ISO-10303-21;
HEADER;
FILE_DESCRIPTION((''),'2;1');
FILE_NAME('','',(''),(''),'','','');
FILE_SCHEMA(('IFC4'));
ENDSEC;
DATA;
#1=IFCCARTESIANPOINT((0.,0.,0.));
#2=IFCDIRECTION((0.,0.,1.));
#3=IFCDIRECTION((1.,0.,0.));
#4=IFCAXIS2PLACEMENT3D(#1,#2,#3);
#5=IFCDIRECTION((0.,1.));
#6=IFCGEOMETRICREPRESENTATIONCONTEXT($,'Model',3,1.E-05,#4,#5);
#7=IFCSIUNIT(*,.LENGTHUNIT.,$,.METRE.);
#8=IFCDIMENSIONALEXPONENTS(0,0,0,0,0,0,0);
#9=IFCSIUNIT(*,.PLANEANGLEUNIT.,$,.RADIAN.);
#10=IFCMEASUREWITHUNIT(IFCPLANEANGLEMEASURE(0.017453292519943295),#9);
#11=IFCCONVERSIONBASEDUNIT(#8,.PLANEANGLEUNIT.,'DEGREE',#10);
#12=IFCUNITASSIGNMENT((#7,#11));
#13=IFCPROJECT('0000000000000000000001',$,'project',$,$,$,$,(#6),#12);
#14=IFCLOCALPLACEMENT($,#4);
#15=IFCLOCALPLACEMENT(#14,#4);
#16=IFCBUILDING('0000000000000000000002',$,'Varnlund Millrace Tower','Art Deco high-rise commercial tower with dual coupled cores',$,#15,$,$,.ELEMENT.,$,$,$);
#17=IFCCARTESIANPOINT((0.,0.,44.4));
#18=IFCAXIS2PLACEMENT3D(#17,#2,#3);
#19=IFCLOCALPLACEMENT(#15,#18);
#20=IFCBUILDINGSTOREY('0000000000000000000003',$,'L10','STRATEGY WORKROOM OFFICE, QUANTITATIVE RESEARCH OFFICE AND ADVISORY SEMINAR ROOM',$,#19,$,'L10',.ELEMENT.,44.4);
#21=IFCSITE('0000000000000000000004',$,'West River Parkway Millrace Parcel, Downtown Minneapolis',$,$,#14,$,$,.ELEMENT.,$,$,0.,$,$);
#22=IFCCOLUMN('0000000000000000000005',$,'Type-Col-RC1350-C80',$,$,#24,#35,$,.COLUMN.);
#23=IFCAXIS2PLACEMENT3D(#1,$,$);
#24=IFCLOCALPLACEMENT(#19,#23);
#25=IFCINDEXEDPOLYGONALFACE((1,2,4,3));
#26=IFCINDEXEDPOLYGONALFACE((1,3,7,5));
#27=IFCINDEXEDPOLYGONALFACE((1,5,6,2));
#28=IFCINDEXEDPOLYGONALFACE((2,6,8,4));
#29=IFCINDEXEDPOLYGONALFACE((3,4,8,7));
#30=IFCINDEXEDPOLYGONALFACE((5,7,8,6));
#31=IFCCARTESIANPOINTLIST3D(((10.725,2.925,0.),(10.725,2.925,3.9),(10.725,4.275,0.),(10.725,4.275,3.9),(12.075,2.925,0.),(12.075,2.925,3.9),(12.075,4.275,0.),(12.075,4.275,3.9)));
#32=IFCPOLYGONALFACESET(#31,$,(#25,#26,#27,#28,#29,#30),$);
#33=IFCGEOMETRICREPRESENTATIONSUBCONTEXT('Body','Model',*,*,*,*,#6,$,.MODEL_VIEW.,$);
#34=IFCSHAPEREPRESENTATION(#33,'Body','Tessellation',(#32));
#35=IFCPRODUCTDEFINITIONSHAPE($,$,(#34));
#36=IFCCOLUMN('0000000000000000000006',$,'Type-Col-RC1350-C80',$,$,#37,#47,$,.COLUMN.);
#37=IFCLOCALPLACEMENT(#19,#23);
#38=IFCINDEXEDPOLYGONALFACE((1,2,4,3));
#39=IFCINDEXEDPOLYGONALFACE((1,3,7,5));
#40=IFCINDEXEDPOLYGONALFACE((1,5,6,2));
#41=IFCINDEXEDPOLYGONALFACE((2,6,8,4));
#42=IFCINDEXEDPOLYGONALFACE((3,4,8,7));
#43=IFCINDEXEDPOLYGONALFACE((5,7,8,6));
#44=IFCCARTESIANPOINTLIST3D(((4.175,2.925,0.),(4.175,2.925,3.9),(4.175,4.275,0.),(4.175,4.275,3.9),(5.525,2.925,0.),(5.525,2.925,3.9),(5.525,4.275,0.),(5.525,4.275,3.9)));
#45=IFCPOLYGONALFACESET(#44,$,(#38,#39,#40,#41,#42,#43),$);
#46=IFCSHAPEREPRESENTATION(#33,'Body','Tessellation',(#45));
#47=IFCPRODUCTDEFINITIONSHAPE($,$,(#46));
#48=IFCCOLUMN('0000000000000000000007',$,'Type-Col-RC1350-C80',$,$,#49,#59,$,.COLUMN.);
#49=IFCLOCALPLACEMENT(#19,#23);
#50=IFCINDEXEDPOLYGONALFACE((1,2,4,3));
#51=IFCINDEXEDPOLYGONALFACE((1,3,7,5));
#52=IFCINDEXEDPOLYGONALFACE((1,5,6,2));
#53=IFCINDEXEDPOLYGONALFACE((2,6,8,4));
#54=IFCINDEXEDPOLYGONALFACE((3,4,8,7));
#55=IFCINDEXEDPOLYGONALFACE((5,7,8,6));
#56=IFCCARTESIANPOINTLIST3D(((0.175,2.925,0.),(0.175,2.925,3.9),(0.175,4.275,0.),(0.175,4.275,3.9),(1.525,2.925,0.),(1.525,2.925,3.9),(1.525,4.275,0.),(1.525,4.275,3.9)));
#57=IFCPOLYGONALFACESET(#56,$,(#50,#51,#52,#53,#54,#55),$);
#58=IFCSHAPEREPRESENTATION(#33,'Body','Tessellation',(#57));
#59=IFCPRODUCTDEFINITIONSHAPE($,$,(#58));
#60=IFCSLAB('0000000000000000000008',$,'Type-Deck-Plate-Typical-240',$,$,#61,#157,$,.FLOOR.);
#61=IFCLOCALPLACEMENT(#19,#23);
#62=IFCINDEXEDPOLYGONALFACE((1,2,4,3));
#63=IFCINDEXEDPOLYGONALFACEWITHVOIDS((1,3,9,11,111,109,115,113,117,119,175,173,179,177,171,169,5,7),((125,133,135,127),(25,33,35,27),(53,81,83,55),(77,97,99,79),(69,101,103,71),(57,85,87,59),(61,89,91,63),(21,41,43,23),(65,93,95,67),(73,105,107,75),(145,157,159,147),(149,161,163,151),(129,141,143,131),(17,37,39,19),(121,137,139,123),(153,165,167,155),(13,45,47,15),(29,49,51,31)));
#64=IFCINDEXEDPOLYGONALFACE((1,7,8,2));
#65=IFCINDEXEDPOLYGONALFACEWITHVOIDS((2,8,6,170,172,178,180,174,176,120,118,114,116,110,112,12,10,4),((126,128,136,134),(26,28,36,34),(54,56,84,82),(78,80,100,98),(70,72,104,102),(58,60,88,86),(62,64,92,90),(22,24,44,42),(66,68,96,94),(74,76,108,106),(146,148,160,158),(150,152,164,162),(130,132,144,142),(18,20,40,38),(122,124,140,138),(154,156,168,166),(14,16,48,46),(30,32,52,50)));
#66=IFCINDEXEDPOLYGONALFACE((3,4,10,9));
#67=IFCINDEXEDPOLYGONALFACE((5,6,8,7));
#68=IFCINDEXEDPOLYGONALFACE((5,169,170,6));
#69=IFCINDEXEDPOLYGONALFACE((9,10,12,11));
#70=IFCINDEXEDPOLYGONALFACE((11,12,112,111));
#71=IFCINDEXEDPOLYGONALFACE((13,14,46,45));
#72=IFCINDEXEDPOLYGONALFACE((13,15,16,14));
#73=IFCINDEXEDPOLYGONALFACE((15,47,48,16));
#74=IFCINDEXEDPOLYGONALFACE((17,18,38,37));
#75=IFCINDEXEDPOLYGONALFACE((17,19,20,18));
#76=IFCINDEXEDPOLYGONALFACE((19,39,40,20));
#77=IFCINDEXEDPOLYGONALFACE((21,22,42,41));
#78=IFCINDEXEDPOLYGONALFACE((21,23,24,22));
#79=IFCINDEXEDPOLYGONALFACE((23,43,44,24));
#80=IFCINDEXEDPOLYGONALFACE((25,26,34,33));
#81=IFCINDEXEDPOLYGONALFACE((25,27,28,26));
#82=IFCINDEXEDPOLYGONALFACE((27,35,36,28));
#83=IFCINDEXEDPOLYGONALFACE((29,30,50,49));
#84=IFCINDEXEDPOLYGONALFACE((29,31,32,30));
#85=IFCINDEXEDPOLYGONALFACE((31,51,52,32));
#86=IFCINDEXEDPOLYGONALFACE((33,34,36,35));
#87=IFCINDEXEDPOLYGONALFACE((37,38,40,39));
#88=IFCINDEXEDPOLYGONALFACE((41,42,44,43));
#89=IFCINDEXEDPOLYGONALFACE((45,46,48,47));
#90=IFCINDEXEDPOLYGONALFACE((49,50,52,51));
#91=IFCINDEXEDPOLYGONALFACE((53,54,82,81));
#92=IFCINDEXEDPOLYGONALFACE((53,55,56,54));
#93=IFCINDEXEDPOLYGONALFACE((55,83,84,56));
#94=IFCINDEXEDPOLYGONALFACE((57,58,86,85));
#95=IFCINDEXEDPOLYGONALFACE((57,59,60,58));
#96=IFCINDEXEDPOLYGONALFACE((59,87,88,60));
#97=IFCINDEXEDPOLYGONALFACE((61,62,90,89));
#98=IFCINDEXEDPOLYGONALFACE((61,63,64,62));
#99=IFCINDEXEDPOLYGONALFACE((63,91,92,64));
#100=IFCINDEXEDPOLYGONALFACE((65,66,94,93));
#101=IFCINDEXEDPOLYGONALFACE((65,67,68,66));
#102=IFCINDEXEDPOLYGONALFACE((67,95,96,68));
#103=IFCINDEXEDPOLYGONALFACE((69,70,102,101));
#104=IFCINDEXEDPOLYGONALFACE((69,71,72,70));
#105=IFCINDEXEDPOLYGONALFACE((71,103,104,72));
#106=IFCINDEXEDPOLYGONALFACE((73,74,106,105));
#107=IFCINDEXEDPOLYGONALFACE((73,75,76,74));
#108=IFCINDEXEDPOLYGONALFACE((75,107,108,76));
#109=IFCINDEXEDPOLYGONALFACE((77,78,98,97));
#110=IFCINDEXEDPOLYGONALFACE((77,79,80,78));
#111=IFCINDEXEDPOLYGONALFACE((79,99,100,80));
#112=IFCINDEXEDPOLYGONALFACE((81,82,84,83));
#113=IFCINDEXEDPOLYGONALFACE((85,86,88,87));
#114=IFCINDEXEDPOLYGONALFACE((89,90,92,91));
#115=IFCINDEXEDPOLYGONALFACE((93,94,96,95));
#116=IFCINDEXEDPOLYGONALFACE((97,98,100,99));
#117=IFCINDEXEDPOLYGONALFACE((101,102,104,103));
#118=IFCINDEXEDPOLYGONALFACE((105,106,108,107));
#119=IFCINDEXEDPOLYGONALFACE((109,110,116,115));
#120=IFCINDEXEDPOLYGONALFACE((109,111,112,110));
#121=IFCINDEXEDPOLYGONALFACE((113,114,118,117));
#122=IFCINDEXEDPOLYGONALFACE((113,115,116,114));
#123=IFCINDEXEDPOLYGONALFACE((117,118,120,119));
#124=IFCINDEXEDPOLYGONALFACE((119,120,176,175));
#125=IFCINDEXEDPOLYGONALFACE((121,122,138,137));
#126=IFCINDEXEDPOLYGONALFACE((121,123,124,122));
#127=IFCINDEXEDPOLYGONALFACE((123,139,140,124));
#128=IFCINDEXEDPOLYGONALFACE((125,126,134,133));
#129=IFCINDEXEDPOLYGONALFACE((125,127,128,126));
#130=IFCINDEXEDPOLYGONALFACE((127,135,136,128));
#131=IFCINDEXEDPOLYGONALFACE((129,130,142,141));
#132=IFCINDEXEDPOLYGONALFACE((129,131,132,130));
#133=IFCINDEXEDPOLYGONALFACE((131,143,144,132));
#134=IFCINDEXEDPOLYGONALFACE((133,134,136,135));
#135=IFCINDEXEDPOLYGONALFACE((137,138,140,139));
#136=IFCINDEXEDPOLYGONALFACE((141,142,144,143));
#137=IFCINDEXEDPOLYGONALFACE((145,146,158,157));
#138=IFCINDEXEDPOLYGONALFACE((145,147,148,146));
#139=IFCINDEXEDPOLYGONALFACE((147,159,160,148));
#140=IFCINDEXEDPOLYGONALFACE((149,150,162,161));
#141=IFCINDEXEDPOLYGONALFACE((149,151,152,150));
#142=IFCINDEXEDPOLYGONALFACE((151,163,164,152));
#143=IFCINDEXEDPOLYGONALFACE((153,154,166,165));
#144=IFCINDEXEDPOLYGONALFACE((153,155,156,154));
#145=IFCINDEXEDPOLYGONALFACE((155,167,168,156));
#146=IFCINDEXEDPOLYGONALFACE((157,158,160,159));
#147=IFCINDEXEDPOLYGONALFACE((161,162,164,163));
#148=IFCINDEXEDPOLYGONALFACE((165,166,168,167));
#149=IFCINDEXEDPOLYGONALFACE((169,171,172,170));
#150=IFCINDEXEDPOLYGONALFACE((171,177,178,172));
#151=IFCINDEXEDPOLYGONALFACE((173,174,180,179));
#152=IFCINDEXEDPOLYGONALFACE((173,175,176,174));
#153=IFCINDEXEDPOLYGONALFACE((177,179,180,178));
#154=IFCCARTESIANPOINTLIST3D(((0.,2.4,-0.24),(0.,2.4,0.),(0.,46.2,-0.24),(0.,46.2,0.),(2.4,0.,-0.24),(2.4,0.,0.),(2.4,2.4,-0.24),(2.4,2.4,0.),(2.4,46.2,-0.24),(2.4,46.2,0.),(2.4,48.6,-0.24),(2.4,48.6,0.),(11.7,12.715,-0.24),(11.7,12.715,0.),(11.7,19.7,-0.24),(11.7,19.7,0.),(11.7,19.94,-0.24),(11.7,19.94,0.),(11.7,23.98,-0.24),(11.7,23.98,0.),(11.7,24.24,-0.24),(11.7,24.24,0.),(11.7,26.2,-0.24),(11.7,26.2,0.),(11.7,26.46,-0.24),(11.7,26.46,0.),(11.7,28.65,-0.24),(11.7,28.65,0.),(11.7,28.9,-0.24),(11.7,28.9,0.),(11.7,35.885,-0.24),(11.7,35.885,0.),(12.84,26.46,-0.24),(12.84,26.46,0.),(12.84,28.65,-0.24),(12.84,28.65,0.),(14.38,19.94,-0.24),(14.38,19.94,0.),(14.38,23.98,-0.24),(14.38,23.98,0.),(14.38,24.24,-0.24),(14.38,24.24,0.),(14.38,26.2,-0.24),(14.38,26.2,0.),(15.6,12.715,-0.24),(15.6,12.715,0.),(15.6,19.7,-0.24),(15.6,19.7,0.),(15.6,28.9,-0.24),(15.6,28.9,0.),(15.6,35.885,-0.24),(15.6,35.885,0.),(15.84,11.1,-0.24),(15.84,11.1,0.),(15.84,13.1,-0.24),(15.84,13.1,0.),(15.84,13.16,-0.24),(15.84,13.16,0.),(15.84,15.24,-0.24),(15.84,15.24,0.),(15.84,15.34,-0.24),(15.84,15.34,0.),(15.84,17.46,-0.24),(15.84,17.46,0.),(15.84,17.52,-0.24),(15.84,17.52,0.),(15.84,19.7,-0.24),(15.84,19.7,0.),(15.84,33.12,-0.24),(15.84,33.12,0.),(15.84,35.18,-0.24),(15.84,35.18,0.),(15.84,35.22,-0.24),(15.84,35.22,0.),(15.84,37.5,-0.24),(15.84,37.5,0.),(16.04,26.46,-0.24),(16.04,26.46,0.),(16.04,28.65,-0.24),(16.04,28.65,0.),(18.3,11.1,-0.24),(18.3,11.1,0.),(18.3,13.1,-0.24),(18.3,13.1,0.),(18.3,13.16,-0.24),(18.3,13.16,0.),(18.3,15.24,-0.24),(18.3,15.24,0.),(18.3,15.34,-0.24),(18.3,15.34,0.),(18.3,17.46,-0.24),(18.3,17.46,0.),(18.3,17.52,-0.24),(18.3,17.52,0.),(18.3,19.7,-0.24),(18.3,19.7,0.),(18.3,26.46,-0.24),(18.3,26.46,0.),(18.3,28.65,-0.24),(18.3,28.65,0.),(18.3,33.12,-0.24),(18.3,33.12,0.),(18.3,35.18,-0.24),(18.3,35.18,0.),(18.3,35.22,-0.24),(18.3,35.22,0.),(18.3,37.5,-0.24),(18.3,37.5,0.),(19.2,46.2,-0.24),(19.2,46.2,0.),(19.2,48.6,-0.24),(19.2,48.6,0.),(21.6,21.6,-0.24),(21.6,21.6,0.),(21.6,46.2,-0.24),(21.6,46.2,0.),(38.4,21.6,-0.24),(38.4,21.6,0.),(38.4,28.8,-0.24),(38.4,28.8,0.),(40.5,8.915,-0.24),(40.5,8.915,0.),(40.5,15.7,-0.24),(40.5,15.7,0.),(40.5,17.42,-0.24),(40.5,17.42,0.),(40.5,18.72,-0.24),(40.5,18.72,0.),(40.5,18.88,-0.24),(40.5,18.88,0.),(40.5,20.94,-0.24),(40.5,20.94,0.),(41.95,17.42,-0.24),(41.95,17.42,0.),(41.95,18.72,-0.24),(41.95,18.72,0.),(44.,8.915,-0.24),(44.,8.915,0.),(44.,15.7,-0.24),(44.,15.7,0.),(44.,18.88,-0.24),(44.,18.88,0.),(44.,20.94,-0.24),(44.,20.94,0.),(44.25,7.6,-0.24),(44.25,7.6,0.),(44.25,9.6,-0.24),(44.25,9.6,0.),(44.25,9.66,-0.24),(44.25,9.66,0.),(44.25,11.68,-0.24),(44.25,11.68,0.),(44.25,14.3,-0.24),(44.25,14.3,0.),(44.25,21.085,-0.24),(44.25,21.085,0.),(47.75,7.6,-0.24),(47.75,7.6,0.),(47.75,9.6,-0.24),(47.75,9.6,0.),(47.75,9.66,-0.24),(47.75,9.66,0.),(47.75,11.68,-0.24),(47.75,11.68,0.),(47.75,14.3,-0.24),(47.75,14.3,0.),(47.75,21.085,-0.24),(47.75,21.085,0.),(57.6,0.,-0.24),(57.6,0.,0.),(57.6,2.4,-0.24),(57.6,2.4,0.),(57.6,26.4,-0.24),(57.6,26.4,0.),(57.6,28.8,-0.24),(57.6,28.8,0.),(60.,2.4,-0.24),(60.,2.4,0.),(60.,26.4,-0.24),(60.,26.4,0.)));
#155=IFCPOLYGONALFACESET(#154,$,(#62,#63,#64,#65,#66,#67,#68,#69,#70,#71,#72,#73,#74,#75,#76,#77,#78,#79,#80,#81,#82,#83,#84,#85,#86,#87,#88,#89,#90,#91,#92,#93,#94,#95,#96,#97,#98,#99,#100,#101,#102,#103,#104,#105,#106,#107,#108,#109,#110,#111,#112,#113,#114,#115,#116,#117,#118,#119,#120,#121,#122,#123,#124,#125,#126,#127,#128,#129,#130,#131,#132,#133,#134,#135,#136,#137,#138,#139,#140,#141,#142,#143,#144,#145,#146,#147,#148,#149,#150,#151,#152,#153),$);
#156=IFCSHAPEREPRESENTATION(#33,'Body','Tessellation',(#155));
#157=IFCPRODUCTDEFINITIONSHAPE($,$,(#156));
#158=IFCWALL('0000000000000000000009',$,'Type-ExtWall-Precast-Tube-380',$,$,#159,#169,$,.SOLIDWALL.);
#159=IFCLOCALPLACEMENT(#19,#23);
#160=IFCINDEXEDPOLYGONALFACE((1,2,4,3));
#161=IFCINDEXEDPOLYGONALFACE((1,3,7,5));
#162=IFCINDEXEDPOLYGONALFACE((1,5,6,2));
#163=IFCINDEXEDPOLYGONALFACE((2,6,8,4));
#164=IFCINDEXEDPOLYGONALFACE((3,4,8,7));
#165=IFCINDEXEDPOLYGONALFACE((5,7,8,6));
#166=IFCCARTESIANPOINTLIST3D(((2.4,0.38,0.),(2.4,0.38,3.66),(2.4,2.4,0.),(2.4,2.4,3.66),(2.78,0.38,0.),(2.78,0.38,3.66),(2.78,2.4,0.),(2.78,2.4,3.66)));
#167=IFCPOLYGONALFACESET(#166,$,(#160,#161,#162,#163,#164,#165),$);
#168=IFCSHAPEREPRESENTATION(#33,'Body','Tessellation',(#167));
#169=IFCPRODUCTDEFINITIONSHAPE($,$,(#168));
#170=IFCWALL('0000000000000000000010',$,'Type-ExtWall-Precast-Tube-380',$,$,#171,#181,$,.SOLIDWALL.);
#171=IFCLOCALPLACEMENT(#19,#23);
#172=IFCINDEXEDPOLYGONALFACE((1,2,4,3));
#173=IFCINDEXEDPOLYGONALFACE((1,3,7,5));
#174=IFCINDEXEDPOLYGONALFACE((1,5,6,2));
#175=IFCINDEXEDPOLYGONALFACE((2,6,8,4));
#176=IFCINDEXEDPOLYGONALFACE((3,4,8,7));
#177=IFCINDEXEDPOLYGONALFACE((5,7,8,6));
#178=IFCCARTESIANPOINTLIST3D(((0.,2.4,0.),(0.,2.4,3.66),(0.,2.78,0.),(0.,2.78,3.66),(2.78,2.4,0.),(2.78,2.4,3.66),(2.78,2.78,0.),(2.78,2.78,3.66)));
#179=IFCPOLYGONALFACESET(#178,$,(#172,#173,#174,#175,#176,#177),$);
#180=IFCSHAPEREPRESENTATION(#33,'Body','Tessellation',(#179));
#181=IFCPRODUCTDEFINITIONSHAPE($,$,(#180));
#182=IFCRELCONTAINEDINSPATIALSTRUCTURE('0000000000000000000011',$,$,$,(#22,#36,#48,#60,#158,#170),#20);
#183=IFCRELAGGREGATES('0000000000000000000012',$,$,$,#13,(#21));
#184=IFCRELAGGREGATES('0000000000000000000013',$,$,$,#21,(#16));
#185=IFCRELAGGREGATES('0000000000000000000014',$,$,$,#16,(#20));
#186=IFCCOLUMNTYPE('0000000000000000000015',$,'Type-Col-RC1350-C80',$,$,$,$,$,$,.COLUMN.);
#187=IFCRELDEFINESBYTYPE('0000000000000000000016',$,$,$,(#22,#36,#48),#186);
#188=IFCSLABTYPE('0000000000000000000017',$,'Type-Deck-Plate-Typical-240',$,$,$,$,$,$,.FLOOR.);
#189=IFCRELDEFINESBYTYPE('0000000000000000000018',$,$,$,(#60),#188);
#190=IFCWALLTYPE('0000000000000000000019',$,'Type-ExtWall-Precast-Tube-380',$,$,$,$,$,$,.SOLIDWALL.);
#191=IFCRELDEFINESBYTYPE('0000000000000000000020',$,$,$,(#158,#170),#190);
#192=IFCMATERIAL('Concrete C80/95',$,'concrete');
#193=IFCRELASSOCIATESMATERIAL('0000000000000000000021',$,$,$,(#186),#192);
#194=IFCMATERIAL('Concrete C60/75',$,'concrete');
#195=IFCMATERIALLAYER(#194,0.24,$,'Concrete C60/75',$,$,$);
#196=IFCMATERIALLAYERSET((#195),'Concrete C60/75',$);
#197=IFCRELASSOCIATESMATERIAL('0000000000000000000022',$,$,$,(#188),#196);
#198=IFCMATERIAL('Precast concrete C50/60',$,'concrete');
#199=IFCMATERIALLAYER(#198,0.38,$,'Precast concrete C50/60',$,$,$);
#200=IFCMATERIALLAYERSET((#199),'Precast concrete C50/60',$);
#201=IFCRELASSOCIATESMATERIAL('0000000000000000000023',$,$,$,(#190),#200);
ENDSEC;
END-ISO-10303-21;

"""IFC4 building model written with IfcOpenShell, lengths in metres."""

from ifc_helpers import new_model, entity, si_unit, converted_unit, direction, frame, origin_with_axes, origin_2d_with_axis, place, context, subcontext, project, spatial, polyline, rectangle, outline, extrude, material, layer, layer_set, material_profile, profile_set, type_object, element, save


model = new_model("IFC4")

# Units and contexts
model_context = context("Model", 3, precision=1e-05, world=origin_with_axes(), true_north=direction((0.0, 1.0)))
body_context = subcontext(model_context, "Body", "Model", "MODEL_VIEW")
ifc_project = project(units=[si_unit("LENGTHUNIT", "METRE"), converted_unit("PLANEANGLEUNIT", "DEGREE", entity("IfcPlaneAngleMeasure", 0.017453292519943295), si_unit("PLANEANGLEUNIT", "RADIAN"), dimensions=[0, 0, 0, 0, 0, 0, 0])], contexts=[model_context])

# Site, building, storey
site_placement = place(None, origin_with_axes())
site = spatial("IfcSite", under=ifc_project, at=site_placement, Name="West River Parkway Millrace Parcel, Downtown Minneapolis", CompositionType="ELEMENT", RefElevation=0.0)
building_placement = place(site_placement, origin_with_axes())
building = spatial("IfcBuilding", under=site, at=building_placement, Name="Varnlund Millrace Tower", Description="Art Deco high-rise commercial tower with dual coupled cores", CompositionType="ELEMENT")
storey_placement = place(building_placement, frame((0.0, 0.0, 44.4), z_axis=(0.0, 0.0, 1.0), x_axis=(1.0, 0.0, 0.0)))
storey = spatial("IfcBuildingStorey", under=building, at=storey_placement, Name="L10", Description="STRATEGY WORKROOM OFFICE, QUANTITATIVE RESEARCH OFFICE AND ADVISORY SEMINAR ROOM", LongName="L10", CompositionType="ELEMENT", Elevation=44.4)

# Columns
ifc_material_1 = material(Name="Concrete C80/95", Category="concrete")
ifc_material_profile = material_profile(ifc_material_1, rectangle(XDim=1.35, YDim=1.35, at=origin_2d_with_axis()), Name="Concrete C80/95")
ifc_profile_set = profile_set([ifc_material_profile], Name="Concrete C80/95")
column_type = type_object("IfcColumnType", Name="Type-Col-RC1350-C80", PredefinedType="COLUMN", material=ifc_profile_set)
for number, where, z_axis, x_axis, name in (
    (1, (11.4, 3.6, 0.0), (0.0, 0.0, 1.0), (1.0, 0.0, 0.0), "Type-Col-RC1350-C80"),
    (2, (4.85, 3.6, 0.0), (0.0, 0.0, 1.0), (1.0, 0.0, 0.0), "Type-Col-RC1350-C80"),
    (3, (0.85, 3.6, 0.0), (0.0, 0.0, 1.0), (1.0, 0.0, 0.0), "Type-Col-RC1350-C80"),
):
    element("IfcColumn", number, at=place(storey_placement, frame(where, z_axis=z_axis, x_axis=x_axis)), inside=storey, type_object=column_type, Name=name, PredefinedType="COLUMN", context=body_context, shape_type="SweptSolid", body=[
        extrude(rectangle(XDim=1.35, YDim=1.35, at=origin_2d_with_axis()), origin_with_axes(), (0.0, 0.0, 1.0), 3.9),
    ])

# Slab
ifc_material_2 = material(Name="Concrete C60/75", Category="concrete")
ifc_layer_1 = layer(ifc_material_2, 0.24, Name="Concrete C60/75")
ifc_layer_set_1 = layer_set([ifc_layer_1], Name="Concrete C60/75")
slab_type = type_object("IfcSlabType", Name="Type-Deck-Plate-Typical-240", PredefinedType="FLOOR", material=ifc_layer_set_1)
slab_placement = place(storey_placement, frame((0.0, 0.0, -0.24), z_axis=(0.0, 0.0, 1.0), x_axis=(1.0, 0.0, 0.0)))
element("IfcSlab", 4, at=slab_placement, inside=storey, type_object=slab_type, Name="Type-Deck-Plate-Typical-240", PredefinedType="FLOOR", context=body_context, shape_type="SweptSolid", body=[
    extrude(outline(polyline([(21.6, 21.6), (21.6, 46.2), (19.2, 46.2), (19.2, 48.6), (2.4, 48.6), (2.4, 46.2), (0.0, 46.2), (0.0, 2.4), (2.4, 2.4), (2.4, 0.0), (57.6, 0.0), (57.6, 2.4), (60.0, 2.4), (60.0, 26.4), (57.6, 26.4), (57.6, 28.8), (38.4, 28.8), (38.4, 21.6), (21.6, 21.6)]), holes=[polyline([(18.3, 11.1), (15.84, 11.1), (15.84, 13.1), (18.3, 13.1), (18.3, 11.1)]), polyline([(18.3, 13.16), (15.84, 13.16), (15.84, 15.24), (18.3, 15.24), (18.3, 13.16)]), polyline([(15.6, 12.715), (11.7, 12.715), (11.7, 19.7), (15.6, 19.7), (15.6, 12.715)]), polyline([(18.3, 15.34), (15.84, 15.34), (15.84, 17.46), (18.3, 17.46), (18.3, 15.34)]), polyline([(18.3, 17.52), (15.84, 17.52), (15.84, 19.7), (18.3, 19.7), (18.3, 17.52)]), polyline([(14.38, 23.98), (14.38, 19.94), (11.7, 19.94), (11.7, 23.98), (14.38, 23.98)]), polyline([(11.7, 24.24), (11.7, 26.2), (14.38, 26.2), (14.38, 24.24), (11.7, 24.24)]), polyline([(11.7, 26.46), (11.7, 28.65), (12.84, 28.65), (12.84, 26.46), (11.7, 26.46)]), polyline([(15.6, 28.9), (11.7, 28.9), (11.7, 35.885), (15.6, 35.885), (15.6, 28.9)]), polyline([(47.75, 7.6), (44.25, 7.6), (44.25, 9.6), (47.75, 9.6), (47.75, 7.6)]), polyline([(47.75, 9.66), (44.25, 9.66), (44.25, 11.68), (47.75, 11.68), (47.75, 9.66)]), polyline([(40.5, 8.915), (40.5, 15.7), (44.0, 15.7), (44.0, 8.915), (40.5, 8.915)]), polyline([(44.25, 14.3), (44.25, 21.085), (47.75, 21.085), (47.75, 14.3), (44.25, 14.3)]), polyline([(41.95, 17.42), (40.5, 17.42), (40.5, 18.72), (41.95, 18.72), (41.95, 17.42)]), polyline([(44.0, 18.88), (40.5, 18.88), (40.5, 20.94), (44.0, 20.94), (44.0, 18.88)]), polyline([(18.3, 26.46), (16.04, 26.46), (16.04, 28.65), (18.3, 28.65), (18.3, 26.46)]), polyline([(15.84, 33.12), (15.84, 35.18), (18.3, 35.18), (18.3, 33.12), (15.84, 33.12)]), polyline([(15.84, 35.22), (15.84, 37.5), (18.3, 37.5), (18.3, 35.22), (15.84, 35.22)])]), origin_with_axes(), (0.0, 0.0, 1.0), 0.24),
])

# Walls
ifc_material_3 = material(Name="Precast concrete C50/60", Category="concrete")
ifc_layer_2 = layer(ifc_material_3, 0.38, Name="Precast concrete C50/60")
ifc_layer_set_2 = layer_set([ifc_layer_2], Name="Precast concrete C50/60")
wall_type_1 = type_object("IfcWallType", Name="Type-ExtWall-Precast-Tube-380", PredefinedType="SOLIDWALL", material=ifc_layer_set_2)
wall_1_placement = place(storey_placement, frame((2.59, 0.38, 0.0), z_axis=(0.0, 0.0, 1.0), x_axis=(0.0, 1.0, 0.0)))
element("IfcWall", 5, at=wall_1_placement, inside=storey, type_object=wall_type_1, Name="Type-ExtWall-Precast-Tube-380", PredefinedType="SOLIDWALL", context=body_context, shape_type="SweptSolid", body=[
    extrude(outline(polyline([(0.0, -0.19), (2.02, -0.19), (2.02, 0.19), (0.0, 0.19), (0.0, -0.19)])), origin_with_axes(), (0.0, 0.0, 1.0), 3.66),
])
wall_2_placement = place(storey_placement, frame((2.78, 2.59, 0.0), z_axis=(0.0, 0.0, 1.0), x_axis=(-1.0, 0.0, 0.0)))
element("IfcWall", 6, at=wall_2_placement, inside=storey, type_object=wall_type_1, Name="Type-ExtWall-Precast-Tube-380", PredefinedType="SOLIDWALL", context=body_context, shape_type="SweptSolid", body=[
    extrude(outline(polyline([(0.0, -0.19), (2.78, -0.19), (2.78, 0.19), (0.0, 0.19), (0.0, -0.19)])), origin_with_axes(), (0.0, 0.0, 1.0), 3.66),
])

save(model, "model.ifc")
